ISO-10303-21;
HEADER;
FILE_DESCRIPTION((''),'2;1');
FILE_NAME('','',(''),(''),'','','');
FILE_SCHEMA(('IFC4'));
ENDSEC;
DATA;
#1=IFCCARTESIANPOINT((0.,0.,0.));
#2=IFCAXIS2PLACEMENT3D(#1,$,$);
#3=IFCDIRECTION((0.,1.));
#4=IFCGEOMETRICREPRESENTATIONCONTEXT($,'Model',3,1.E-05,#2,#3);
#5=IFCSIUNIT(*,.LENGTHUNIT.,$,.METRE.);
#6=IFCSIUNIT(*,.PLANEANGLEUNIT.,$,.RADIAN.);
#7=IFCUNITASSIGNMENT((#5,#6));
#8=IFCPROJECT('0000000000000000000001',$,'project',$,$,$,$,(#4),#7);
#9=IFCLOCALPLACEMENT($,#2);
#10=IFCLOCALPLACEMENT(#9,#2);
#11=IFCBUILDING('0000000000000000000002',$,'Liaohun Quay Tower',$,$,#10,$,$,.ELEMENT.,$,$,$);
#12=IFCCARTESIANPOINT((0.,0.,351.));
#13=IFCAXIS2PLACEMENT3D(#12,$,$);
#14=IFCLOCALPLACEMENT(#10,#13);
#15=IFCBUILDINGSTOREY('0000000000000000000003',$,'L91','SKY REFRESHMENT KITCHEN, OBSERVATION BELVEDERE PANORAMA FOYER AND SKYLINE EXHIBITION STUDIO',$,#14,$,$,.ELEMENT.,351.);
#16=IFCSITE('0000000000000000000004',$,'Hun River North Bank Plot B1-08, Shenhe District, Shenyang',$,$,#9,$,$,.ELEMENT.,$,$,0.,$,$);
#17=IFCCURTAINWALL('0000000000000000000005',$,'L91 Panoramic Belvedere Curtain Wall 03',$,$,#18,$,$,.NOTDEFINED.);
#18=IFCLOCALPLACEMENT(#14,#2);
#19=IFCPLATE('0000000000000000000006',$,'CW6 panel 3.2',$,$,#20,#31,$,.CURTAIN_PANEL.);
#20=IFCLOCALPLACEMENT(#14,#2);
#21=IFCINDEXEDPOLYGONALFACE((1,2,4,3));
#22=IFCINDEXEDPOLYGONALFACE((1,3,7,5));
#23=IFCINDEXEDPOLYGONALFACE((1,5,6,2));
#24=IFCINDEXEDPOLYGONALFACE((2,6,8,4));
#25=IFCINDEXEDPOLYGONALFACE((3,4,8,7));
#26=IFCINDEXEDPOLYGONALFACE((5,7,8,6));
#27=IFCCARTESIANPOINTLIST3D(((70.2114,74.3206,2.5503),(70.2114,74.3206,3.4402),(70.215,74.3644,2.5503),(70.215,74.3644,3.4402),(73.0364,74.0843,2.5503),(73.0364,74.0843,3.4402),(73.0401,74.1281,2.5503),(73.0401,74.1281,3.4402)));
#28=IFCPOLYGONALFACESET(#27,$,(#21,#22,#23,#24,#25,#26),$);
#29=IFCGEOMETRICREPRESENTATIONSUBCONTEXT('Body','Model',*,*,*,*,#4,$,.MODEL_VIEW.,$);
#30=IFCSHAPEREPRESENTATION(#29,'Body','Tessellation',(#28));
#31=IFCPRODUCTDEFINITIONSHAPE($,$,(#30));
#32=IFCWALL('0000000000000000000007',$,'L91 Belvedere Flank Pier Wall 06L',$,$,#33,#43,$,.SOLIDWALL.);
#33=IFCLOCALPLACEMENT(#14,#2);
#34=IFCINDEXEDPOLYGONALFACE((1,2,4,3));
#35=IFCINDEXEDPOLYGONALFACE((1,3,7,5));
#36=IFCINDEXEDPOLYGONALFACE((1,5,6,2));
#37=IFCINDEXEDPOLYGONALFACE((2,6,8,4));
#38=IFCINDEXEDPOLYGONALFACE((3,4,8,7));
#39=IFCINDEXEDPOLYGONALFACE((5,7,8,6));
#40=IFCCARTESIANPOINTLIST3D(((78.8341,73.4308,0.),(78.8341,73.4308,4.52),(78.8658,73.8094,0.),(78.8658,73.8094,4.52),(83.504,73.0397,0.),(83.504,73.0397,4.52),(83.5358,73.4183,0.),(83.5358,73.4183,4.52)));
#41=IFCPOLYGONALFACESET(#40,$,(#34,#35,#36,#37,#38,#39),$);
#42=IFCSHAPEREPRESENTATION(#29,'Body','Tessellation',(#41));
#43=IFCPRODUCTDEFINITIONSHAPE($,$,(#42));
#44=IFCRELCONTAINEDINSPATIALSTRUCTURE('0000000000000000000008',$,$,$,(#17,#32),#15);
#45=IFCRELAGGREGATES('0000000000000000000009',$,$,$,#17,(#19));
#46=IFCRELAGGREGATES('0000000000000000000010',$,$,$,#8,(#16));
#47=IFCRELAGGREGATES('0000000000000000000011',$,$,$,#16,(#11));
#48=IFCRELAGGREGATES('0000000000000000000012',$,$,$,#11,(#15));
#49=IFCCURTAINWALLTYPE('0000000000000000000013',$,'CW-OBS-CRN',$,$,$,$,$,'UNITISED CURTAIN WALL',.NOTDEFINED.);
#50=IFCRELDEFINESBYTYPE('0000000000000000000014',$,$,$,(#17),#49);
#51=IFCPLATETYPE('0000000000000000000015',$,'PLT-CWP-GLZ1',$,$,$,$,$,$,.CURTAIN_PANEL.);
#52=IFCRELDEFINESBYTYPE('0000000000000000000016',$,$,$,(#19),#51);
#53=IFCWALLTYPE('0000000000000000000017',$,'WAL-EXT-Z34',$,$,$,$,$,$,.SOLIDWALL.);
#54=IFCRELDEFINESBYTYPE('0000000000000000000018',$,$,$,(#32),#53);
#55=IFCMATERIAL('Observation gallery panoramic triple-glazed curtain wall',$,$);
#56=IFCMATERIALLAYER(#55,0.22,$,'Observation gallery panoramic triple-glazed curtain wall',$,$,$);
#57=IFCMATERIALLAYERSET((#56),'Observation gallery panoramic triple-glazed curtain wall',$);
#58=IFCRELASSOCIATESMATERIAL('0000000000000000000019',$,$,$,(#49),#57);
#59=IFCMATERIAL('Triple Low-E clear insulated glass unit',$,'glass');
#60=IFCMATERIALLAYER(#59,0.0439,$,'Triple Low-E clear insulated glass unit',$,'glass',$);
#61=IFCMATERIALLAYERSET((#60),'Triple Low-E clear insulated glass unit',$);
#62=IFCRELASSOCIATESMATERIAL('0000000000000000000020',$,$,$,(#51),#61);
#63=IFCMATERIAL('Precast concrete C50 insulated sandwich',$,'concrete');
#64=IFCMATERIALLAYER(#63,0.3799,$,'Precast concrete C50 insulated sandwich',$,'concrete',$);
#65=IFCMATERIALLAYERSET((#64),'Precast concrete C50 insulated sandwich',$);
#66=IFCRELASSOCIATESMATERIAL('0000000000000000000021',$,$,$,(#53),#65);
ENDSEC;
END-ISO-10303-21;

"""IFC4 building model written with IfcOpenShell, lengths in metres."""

from ifc_helpers import new_model, si_unit, direction, frame, frame_2d, origin, origin_2d, place, context, subcontext, project, spatial, rectangle, extrude, source, transform, mapped, material, layer, layer_set, type_object, element, aggregate, save


model = new_model("IFC4")

# Units and contexts
model_context = context("Model", 3, precision=1e-05, world=origin(), true_north=direction((0.0, 1.0)))
body_context = subcontext(model_context, "Body", "Model", "MODEL_VIEW")
ifc_project = project(units=[si_unit("LENGTHUNIT", "METRE"), si_unit("PLANEANGLEUNIT", "RADIAN")], contexts=[model_context])

# Site, building, storey
site_placement = place(None, origin())
site = spatial("IfcSite", under=ifc_project, at=site_placement, Name="Hun River North Bank Plot B1-08, Shenhe District, Shenyang", CompositionType="ELEMENT", RefElevation=0.0)
building_placement = place(site_placement, origin())
building = spatial("IfcBuilding", under=site, at=building_placement, Name="Liaohun Quay Tower", CompositionType="ELEMENT")
storey_placement = place(building_placement, frame((0.0, 0.0, 351.0)))
storey = spatial("IfcBuildingStorey", under=building, at=storey_placement, Name="L91", Description="SKY REFRESHMENT KITCHEN, OBSERVATION BELVEDERE PANORAMA FOYER AND SKYLINE EXHIBITION STUDIO", CompositionType="ELEMENT", Elevation=351.0)

# Curtain wall, plate
ifc_material_1 = material(Name="Observation gallery panoramic triple-glazed curtain wall")
ifc_layer_1 = layer(ifc_material_1, 0.22, Name="Observation gallery panoramic triple-glazed curtain wall")
ifc_layer_set_1 = layer_set([ifc_layer_1], Name="Observation gallery panoramic triple-glazed curtain wall")
curtain_wall_type = type_object("IfcCurtainWallType", Name="CW-OBS-CRN", ElementType="UNITISED CURTAIN WALL", PredefinedType="NOTDEFINED", material=ifc_layer_set_1)
curtain_wall_placement = place(storey_placement, origin())
curtain_wall = element("IfcCurtainWall", 1, at=curtain_wall_placement, inside=storey, type_object=curtain_wall_type, Name="L91 Panoramic Belvedere Curtain Wall 03", PredefinedType="NOTDEFINED")
ifc_material_2 = material(Name="Triple Low-E clear insulated glass unit", Category="glass")
ifc_layer_2 = layer(ifc_material_2, 0.0439, Name="Triple Low-E clear insulated glass unit", Category="glass")
ifc_layer_set_2 = layer_set([ifc_layer_2], Name="Triple Low-E clear insulated glass unit")
plate_type = type_object("IfcPlateType", Name="PLT-CWP-GLZ1", PredefinedType="CURTAIN_PANEL", material=ifc_layer_set_2)
shared_shape_1 = source(origin(), body_context, "Body", "SweptSolid", [
    extrude(rectangle(XDim=2.835, YDim=0.0439, at=origin_2d()), origin(), (0.0, 0.0, 1.0), 0.8899),
])
plate_1_placement = place(storey_placement, frame((71.6257, 74.2244, 2.5503), z_axis=(0.0, 0.0, 1.0), x_axis=(-0.996519, 0.083367, 0.0)))
plate_1 = element("IfcPlate", 2, at=plate_1_placement, type_object=plate_type, Name="CW6 panel 3.2", PredefinedType="CURTAIN_PANEL", context=body_context, shape_type="MappedRepresentation", body=[
    mapped(shared_shape_1, transform((0.0, 0.0, 0.0), x_axis=(1.0, 0.0, 0.0), y_axis=(0.0, 1.0, 0.0), z_axis=(0.0, 0.0, 1.0), scale=1.0)),
])
aggregate(curtain_wall, [plate_1])

# Wall
ifc_material_3 = material(Name="Precast concrete C50 insulated sandwich", Category="concrete")
ifc_layer_3 = layer(ifc_material_3, 0.3799, Name="Precast concrete C50 insulated sandwich", Category="concrete")
ifc_layer_set_3 = layer_set([ifc_layer_3], Name="Precast concrete C50 insulated sandwich")
wall_type = type_object("IfcWallType", Name="WAL-EXT-Z34", PredefinedType="SOLIDWALL", material=ifc_layer_set_3)
wall_placement = place(storey_placement, frame((83.52, 73.229, 0.0), z_axis=(0.0, 0.0, 1.0), x_axis=(-0.996511, 0.083459, 0.0)))
element("IfcWall", 3, at=wall_placement, inside=storey, type_object=wall_type, Name="L91 Belvedere Flank Pier Wall 06L", PredefinedType="SOLIDWALL", context=body_context, shape_type="SweptSolid", body=[
    extrude(rectangle(XDim=4.6863, YDim=0.3799, at=frame_2d((2.3433, 0.0))), origin(), (0.0, 0.0, 1.0), 4.52),
])

save(model, "model.ifc")
